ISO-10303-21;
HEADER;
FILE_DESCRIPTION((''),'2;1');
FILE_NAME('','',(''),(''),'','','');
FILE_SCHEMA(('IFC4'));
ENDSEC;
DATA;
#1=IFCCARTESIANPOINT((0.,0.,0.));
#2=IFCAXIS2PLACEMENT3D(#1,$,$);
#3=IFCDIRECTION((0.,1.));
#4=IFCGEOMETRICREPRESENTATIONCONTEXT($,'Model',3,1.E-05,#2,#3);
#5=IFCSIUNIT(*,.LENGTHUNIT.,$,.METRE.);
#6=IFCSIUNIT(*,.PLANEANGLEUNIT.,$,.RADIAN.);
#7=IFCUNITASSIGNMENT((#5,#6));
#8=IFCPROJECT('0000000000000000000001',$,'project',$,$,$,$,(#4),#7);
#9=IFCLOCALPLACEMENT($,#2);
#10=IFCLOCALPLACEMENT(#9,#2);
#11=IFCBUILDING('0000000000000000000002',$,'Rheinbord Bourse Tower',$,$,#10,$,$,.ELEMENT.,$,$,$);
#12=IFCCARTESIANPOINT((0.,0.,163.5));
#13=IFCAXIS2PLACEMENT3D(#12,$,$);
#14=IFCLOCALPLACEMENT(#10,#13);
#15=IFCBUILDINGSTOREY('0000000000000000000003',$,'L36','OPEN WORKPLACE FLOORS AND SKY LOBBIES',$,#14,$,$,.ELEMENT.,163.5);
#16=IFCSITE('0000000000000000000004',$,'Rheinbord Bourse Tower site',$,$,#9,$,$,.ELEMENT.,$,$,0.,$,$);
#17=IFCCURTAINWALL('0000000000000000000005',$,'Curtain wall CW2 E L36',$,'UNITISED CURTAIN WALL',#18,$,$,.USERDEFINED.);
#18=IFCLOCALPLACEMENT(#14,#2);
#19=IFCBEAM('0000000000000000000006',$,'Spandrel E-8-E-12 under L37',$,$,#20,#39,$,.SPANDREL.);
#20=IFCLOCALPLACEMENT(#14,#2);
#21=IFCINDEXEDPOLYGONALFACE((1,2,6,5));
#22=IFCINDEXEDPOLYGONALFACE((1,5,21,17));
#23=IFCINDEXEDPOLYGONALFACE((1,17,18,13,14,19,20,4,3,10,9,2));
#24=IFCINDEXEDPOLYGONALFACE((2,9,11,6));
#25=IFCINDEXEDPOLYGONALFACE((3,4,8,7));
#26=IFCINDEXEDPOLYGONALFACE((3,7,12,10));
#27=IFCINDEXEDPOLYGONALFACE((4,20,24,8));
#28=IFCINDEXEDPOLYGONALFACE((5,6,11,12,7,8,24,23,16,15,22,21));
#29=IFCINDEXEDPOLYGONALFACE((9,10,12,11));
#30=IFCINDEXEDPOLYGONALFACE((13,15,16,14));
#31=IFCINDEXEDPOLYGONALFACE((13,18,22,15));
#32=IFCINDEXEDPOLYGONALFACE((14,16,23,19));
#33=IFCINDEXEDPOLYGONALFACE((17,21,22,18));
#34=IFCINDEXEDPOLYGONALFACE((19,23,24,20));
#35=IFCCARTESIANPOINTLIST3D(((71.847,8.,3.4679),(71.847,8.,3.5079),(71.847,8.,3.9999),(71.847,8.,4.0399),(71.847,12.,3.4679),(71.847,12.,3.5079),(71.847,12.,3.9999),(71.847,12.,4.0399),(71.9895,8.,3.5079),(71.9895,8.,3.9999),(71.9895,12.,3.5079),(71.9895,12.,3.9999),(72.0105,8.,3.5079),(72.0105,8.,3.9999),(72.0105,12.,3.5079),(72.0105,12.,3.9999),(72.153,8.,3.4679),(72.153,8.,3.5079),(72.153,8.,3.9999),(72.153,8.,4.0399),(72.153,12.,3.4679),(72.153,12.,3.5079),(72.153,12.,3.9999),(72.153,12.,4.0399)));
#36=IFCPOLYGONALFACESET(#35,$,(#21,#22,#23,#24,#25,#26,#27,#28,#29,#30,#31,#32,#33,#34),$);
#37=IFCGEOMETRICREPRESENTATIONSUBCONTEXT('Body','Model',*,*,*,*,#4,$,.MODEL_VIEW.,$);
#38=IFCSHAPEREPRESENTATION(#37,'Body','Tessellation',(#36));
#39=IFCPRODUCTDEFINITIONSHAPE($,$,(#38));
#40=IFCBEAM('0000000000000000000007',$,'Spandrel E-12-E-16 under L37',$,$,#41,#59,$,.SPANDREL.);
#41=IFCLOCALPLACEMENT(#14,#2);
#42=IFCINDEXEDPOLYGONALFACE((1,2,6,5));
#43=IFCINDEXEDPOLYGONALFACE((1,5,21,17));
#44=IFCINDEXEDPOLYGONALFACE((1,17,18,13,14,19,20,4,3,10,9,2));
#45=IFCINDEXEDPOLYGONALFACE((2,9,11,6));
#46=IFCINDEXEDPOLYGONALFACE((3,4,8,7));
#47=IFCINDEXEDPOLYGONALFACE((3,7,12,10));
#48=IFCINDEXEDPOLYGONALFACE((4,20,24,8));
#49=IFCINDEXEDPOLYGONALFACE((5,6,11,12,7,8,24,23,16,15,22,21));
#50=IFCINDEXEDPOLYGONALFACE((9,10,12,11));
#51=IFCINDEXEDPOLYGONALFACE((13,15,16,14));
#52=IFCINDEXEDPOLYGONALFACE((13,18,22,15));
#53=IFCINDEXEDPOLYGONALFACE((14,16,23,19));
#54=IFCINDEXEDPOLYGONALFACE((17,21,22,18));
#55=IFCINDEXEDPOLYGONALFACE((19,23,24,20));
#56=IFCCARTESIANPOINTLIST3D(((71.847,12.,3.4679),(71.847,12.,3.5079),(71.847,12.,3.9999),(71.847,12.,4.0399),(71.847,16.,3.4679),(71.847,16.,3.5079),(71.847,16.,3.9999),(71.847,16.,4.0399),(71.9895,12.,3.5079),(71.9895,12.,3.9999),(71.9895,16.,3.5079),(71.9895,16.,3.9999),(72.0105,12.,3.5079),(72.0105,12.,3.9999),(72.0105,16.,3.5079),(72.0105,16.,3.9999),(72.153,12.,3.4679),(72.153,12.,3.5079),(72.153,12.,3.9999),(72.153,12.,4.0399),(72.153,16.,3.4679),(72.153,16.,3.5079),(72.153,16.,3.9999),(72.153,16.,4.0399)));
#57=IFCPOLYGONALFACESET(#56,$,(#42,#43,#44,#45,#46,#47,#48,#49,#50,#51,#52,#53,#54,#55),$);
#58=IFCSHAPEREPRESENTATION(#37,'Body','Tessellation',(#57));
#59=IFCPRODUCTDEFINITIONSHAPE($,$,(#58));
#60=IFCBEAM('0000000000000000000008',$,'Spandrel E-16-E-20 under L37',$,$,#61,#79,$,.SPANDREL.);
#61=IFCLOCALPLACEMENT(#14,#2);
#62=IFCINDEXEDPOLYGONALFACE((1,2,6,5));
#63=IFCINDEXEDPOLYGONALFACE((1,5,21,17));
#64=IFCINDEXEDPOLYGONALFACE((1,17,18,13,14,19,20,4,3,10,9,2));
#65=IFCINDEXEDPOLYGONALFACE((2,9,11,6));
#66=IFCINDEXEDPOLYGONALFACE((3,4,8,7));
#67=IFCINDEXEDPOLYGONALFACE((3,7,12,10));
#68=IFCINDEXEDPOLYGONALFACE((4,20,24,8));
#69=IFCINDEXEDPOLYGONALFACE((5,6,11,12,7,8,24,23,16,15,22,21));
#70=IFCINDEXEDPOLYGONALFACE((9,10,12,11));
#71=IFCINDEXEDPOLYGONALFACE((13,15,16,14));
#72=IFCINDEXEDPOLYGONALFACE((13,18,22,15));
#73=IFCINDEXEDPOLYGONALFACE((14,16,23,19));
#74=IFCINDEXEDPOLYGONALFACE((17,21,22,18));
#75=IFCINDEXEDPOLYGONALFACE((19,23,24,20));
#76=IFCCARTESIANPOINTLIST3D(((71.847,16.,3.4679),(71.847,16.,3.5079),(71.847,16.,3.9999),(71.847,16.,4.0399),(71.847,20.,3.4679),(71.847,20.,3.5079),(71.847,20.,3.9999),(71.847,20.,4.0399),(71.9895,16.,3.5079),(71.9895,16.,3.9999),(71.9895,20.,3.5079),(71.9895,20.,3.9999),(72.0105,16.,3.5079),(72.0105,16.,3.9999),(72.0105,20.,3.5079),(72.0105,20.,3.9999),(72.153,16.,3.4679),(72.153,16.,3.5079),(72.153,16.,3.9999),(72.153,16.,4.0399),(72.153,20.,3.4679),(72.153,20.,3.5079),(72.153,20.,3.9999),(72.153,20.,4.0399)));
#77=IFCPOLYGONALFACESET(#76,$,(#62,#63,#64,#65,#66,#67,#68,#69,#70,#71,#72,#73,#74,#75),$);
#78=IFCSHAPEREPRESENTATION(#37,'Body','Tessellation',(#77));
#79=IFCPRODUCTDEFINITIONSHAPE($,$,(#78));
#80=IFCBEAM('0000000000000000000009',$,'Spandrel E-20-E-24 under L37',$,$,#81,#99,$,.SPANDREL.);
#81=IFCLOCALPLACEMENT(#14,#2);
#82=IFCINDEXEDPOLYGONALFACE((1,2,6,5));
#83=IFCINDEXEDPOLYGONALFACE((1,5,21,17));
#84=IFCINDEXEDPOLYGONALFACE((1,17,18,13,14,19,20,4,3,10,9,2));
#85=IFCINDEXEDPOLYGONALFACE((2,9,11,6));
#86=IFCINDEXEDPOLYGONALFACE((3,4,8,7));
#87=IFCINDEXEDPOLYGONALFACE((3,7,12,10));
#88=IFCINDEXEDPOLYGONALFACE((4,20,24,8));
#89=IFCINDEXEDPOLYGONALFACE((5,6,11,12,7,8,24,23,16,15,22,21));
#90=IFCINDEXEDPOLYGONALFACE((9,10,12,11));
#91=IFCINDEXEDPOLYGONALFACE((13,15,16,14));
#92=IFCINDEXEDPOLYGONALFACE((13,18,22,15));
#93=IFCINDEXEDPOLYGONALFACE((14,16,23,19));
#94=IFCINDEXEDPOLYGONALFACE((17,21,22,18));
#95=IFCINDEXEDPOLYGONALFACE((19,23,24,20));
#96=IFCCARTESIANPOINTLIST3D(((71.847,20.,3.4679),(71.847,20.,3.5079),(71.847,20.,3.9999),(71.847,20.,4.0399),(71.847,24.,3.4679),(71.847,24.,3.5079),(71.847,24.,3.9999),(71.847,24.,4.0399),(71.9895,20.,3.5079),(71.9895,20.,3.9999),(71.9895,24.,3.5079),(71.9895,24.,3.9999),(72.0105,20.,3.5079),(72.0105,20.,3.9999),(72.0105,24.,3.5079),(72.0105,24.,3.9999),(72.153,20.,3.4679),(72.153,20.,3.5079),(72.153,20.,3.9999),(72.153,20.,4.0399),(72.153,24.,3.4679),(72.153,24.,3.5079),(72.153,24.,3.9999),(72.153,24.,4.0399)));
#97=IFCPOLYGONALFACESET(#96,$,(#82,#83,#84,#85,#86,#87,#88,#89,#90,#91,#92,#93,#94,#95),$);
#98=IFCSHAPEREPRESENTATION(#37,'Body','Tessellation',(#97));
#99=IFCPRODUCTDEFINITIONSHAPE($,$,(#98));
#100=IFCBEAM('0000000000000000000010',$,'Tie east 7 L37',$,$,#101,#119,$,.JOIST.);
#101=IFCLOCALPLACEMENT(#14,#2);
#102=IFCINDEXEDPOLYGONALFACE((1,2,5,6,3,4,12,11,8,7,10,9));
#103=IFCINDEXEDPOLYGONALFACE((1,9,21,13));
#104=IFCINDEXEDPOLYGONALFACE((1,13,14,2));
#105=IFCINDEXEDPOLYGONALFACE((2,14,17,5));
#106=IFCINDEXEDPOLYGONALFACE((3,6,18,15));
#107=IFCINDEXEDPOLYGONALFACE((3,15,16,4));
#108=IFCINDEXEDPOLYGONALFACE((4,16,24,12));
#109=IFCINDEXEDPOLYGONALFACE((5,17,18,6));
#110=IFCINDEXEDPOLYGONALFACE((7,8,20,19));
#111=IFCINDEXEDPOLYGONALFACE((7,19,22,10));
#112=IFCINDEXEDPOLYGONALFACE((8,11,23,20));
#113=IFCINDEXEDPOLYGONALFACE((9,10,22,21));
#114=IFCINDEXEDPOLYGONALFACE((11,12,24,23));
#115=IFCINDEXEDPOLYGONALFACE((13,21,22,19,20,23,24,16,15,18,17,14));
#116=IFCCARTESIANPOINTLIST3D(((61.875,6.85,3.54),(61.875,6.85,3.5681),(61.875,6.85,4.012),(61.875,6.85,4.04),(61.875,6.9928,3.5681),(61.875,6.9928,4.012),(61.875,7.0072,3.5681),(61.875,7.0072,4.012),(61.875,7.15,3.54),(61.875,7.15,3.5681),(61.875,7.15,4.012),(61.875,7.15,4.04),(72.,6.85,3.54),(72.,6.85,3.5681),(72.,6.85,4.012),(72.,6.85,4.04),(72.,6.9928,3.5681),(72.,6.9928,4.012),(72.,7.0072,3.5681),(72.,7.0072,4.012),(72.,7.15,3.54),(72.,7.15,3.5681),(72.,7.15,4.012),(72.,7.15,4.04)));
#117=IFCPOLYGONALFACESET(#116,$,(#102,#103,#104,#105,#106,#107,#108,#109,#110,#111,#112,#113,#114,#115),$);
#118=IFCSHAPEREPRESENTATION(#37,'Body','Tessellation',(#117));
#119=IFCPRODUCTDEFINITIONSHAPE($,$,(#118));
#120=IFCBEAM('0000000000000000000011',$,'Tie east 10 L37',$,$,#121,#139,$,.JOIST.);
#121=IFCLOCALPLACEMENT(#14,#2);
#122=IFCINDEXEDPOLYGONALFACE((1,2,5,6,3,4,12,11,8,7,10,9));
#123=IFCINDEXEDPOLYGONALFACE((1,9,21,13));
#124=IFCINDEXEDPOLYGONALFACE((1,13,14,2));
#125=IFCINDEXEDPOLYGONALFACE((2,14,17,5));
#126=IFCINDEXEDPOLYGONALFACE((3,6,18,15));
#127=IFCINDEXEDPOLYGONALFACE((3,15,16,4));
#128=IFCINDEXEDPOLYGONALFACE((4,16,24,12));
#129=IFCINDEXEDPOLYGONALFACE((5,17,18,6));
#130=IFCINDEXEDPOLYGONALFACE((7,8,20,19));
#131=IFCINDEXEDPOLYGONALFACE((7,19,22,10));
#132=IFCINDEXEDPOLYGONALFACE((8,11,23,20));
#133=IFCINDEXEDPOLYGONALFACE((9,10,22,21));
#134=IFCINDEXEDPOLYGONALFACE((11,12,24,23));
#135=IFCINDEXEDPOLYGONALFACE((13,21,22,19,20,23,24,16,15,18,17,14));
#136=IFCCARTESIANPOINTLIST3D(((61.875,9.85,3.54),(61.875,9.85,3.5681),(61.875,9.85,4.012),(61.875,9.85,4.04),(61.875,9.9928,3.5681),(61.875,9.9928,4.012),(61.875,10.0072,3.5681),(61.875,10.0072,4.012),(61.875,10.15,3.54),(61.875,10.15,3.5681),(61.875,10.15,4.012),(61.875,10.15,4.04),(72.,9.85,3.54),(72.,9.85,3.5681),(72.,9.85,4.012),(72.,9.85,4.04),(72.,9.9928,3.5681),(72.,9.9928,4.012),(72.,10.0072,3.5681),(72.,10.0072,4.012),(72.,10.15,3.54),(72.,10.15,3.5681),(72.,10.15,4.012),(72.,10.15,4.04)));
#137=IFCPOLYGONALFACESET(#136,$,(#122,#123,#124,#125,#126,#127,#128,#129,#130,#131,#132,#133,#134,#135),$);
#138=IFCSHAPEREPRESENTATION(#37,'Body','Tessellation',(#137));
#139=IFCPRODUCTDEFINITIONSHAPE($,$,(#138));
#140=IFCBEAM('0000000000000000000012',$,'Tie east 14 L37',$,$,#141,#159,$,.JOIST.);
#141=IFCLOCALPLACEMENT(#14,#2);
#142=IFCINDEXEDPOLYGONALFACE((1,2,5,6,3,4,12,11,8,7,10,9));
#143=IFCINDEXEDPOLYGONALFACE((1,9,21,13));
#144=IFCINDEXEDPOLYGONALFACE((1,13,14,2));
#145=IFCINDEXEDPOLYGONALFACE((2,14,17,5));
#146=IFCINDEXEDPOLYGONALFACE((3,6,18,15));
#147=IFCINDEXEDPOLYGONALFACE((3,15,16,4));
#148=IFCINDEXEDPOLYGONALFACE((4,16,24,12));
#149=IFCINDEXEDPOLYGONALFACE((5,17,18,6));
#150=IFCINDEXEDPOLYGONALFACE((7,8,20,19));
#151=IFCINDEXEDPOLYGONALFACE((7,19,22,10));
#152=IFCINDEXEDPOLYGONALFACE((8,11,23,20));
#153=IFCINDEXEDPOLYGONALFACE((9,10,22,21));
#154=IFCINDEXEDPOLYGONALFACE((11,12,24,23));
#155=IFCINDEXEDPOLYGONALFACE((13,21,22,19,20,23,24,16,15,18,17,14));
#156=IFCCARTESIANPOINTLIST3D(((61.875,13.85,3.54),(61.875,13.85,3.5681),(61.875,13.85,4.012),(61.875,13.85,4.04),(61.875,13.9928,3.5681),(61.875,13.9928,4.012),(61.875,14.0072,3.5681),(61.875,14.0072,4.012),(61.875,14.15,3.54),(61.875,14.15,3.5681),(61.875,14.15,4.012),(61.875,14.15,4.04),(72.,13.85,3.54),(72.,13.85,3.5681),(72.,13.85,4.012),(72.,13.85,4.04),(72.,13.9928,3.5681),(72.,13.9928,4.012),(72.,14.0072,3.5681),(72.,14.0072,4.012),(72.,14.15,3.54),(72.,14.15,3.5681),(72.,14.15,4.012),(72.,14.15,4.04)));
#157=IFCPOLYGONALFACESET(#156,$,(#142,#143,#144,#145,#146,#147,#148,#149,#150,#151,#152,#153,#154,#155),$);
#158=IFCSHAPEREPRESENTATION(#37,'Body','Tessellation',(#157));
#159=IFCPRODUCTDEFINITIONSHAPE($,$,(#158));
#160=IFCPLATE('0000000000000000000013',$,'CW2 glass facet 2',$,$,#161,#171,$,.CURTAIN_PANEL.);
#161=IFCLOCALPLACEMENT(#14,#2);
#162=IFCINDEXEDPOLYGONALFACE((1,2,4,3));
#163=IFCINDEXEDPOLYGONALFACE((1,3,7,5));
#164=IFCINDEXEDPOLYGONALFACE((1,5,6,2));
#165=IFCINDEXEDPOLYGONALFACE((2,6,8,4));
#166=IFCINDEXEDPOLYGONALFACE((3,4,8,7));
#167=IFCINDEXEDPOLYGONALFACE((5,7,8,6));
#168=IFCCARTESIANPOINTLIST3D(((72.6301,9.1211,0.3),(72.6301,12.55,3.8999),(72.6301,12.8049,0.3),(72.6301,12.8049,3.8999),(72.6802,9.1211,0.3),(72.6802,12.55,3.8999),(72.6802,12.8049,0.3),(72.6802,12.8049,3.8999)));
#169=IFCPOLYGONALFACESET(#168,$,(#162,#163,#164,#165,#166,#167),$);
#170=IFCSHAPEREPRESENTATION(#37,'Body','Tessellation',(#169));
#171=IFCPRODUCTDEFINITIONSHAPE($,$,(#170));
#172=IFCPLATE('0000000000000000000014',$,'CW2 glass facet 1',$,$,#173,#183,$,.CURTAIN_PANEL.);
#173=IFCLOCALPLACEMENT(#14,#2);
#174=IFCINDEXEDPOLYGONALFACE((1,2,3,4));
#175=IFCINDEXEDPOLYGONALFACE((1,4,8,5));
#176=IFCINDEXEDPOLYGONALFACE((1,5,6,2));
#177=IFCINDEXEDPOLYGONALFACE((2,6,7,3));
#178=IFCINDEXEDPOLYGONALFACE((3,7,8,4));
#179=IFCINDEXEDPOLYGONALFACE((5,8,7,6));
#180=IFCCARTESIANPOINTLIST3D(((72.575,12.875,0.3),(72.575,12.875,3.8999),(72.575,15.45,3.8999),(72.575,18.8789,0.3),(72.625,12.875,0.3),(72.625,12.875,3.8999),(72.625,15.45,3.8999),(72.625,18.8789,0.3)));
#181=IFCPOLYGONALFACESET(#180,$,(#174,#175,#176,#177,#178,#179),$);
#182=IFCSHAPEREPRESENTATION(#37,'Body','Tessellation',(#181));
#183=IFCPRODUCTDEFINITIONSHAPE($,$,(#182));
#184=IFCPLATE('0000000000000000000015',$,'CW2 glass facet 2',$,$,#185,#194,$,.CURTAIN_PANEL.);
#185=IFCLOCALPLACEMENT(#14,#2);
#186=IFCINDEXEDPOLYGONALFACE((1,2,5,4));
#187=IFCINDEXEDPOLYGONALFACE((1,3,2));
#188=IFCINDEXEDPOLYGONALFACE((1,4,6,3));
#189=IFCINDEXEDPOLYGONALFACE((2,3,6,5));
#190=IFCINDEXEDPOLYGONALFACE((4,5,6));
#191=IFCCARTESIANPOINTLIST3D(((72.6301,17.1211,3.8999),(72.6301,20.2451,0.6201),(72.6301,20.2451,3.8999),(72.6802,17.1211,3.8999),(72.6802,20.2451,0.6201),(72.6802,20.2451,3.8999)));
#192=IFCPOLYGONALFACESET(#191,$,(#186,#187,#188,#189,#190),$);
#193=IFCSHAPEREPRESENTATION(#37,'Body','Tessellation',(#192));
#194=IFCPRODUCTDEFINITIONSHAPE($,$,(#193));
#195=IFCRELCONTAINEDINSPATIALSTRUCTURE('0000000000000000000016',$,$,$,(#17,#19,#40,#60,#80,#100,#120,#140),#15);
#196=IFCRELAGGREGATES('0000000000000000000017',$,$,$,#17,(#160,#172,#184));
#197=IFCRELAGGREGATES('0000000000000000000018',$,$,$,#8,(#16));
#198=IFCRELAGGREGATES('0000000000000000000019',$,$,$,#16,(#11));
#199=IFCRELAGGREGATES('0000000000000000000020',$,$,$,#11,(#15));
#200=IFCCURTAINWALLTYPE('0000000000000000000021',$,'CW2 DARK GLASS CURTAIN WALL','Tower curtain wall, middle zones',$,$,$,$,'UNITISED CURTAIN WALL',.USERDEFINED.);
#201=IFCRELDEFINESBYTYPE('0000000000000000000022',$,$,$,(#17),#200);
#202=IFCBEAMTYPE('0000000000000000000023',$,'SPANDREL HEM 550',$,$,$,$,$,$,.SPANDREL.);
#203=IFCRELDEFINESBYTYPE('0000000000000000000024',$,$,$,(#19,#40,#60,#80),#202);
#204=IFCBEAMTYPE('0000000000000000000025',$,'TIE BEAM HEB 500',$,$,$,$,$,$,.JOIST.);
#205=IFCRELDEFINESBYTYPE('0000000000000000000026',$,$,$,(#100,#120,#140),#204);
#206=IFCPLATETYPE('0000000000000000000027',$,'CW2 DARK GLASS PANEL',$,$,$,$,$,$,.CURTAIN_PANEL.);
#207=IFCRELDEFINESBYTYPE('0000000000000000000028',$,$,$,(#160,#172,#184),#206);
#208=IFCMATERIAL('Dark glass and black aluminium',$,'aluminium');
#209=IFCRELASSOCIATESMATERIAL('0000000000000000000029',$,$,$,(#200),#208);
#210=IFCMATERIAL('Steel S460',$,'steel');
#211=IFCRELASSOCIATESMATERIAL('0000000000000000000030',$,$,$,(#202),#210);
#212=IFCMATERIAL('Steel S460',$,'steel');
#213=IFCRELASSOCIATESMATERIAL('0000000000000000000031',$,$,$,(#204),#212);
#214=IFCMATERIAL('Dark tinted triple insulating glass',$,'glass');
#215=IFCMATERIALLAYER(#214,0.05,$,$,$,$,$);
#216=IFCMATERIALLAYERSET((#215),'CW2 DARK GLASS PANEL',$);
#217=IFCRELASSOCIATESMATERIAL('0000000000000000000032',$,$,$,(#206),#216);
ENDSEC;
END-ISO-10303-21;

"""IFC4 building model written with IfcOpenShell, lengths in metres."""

from ifc_helpers import new_model, si_unit, direction, frame, origin, origin_2d, place, context, subcontext, project, spatial, polyline, i_section, outline, extrude, material, layer, layer_set, material_profile, profile_set, type_object, element, aggregate, save


model = new_model("IFC4")

# Units and contexts
model_context = context("Model", 3, precision=1e-05, world=origin(), true_north=direction((0.0, 1.0)))
body_context = subcontext(model_context, "Body", "Model", "MODEL_VIEW")
ifc_project = project(units=[si_unit("LENGTHUNIT", "METRE"), si_unit("PLANEANGLEUNIT", "RADIAN")], contexts=[model_context])

# Site, building, storey
site_placement = place(None, origin())
site = spatial("IfcSite", under=ifc_project, at=site_placement, Name="Rheinbord Bourse Tower site", CompositionType="ELEMENT", RefElevation=0.0)
building_placement = place(site_placement, origin())
building = spatial("IfcBuilding", under=site, at=building_placement, Name="Rheinbord Bourse Tower", CompositionType="ELEMENT")
storey_placement = place(building_placement, frame((0.0, 0.0, 163.5)))
storey = spatial("IfcBuildingStorey", under=building, at=storey_placement, Name="L36", Description="OPEN WORKPLACE FLOORS AND SKY LOBBIES", CompositionType="ELEMENT", Elevation=163.5)

# Curtain wall
ifc_material_1 = material(Name="Dark glass and black aluminium", Category="aluminium")
curtain_wall_type = type_object("IfcCurtainWallType", Name="CW2 DARK GLASS CURTAIN WALL", Description="Tower curtain wall, middle zones", ElementType="UNITISED CURTAIN WALL", PredefinedType="USERDEFINED", material=ifc_material_1)
curtain_wall_placement = place(storey_placement, origin())
curtain_wall = element("IfcCurtainWall", 1, at=curtain_wall_placement, inside=storey, type_object=curtain_wall_type, Name="Curtain wall CW2 E L36", ObjectType="UNITISED CURTAIN WALL", PredefinedType="USERDEFINED")

# Beams
ifc_material_2 = material(Name="Steel S460", Category="steel")
ifc_material_profile_1 = material_profile(ifc_material_2, i_section(OverallWidth=0.3059, OverallDepth=0.572, WebThickness=0.021, FlangeThickness=0.04, at=origin_2d()), Name="HEM 550")
ifc_profile_set_1 = profile_set([ifc_material_profile_1], Name="Steel S460")
beam_type_1 = type_object("IfcBeamType", Name="SPANDREL HEM 550", PredefinedType="SPANDREL", material=ifc_profile_set_1)
for number, where, z_axis, x_axis, name in (
    (2, (72.0, 8.0, 3.7539), (0.0, 1.0, 0.0), (-1.0, 0.0, 0.0), "Spandrel E-8-E-12 under L37"),
    (3, (72.0, 12.0, 3.7539), (0.0, 1.0, 0.0), (-1.0, 0.0, 0.0), "Spandrel E-12-E-16 under L37"),
    (4, (72.0, 16.0, 3.7539), (0.0, 1.0, 0.0), (-1.0, 0.0, 0.0), "Spandrel E-16-E-20 under L37"),
    (5, (72.0, 20.0, 3.7539), (0.0, 1.0, 0.0), (-1.0, 0.0, 0.0), "Spandrel E-20-E-24 under L37"),
):
    element("IfcBeam", number, at=place(storey_placement, frame(where, z_axis=z_axis, x_axis=x_axis)), inside=storey, type_object=beam_type_1, Name=name, PredefinedType="SPANDREL", context=body_context, shape_type="SweptSolid", body=[
        extrude(i_section(OverallWidth=0.3059, OverallDepth=0.572, WebThickness=0.021, FlangeThickness=0.04, at=origin_2d()), origin(), (0.0, 0.0, 1.0), 4.0),
    ])
ifc_material_3 = material(Name="Steel S460", Category="steel")
ifc_material_profile_2 = material_profile(ifc_material_3, i_section(OverallWidth=0.3, OverallDepth=0.5, WebThickness=0.0144, FlangeThickness=0.0281, at=origin_2d()), Name="HEB 500")
ifc_profile_set_2 = profile_set([ifc_material_profile_2], Name="Steel S460")
beam_type_2 = type_object("IfcBeamType", Name="TIE BEAM HEB 500", PredefinedType="JOIST", material=ifc_profile_set_2)
for number, where, z_axis, x_axis, name in (
    (6, (61.875, 7.0, 3.79), (1.0, 0.0, 0.0), (0.0, 1.0, 0.0), "Tie east 7 L37"),
    (7, (61.875, 10.0, 3.79), (1.0, 0.0, 0.0), (0.0, 1.0, 0.0), "Tie east 10 L37"),
    (8, (61.875, 14.0, 3.79), (1.0, 0.0, 0.0), (0.0, 1.0, 0.0), "Tie east 14 L37"),
):
    element("IfcBeam", number, at=place(storey_placement, frame(where, z_axis=z_axis, x_axis=x_axis)), inside=storey, type_object=beam_type_2, Name=name, PredefinedType="JOIST", context=body_context, shape_type="SweptSolid", body=[
        extrude(i_section(OverallWidth=0.3, OverallDepth=0.5, WebThickness=0.0144, FlangeThickness=0.0281, at=origin_2d()), origin(), (0.0, 0.0, 1.0), 10.125),
    ])

# Plates
ifc_material_4 = material(Name="Dark tinted triple insulating glass", Category="glass")
ifc_layer_1 = layer(ifc_material_4, 0.05)
ifc_layer_set_1 = layer_set([ifc_layer_1], Name="CW2 DARK GLASS PANEL")
plate_type = type_object("IfcPlateType", Name="CW2 DARK GLASS PANEL", PredefinedType="CURTAIN_PANEL", material=ifc_layer_set_1)
plate_1_placement = place(storey_placement, frame((72.6802, 12.8049, 3.8999), z_axis=(-1.0, 0.0, 0.0), x_axis=(0.0, 0.0, -1.0)))
plate_1 = element("IfcPlate", 9, at=plate_1_placement, type_object=plate_type, Name="CW2 glass facet 2", PredefinedType="CURTAIN_PANEL", context=body_context, shape_type="SweptSolid", body=[
    extrude(outline(polyline([(0.0, 0.0), (3.5999, 0.0), (3.5999, 3.6838), (0.0, 0.2549), (0.0, 0.0)])), origin(), (0.0, 0.0, 1.0), 0.05),
])
plate_2_placement = place(storey_placement, frame((72.625, 12.875, 0.3), z_axis=(-1.0, 0.0, 0.0), x_axis=(0.0, 0.0, 1.0)))
plate_2 = element("IfcPlate", 10, at=plate_2_placement, type_object=plate_type, Name="CW2 glass facet 1", PredefinedType="CURTAIN_PANEL", context=body_context, shape_type="SweptSolid", body=[
    extrude(outline(polyline([(0.0, 0.0), (3.5999, 0.0), (3.5999, 2.575), (0.0, 6.0039), (0.0, 0.0)])), origin(), (0.0, 0.0, 1.0), 0.05),
])
plate_3_placement = place(storey_placement, frame((72.6802, 20.2451, 3.8999), z_axis=(-1.0, 0.0, 0.0), x_axis=(0.0, 0.0, -1.0)))
plate_3 = element("IfcPlate", 11, at=plate_3_placement, type_object=plate_type, Name="CW2 glass facet 2", PredefinedType="CURTAIN_PANEL", context=body_context, shape_type="SweptSolid", body=[
    extrude(outline(polyline([(0.0, 0.0), (3.2798, 0.0), (0.0, 3.124), (0.0, 0.0)])), origin(), (0.0, 0.0, 1.0), 0.05),
])
aggregate(curtain_wall, [plate_1, plate_2, plate_3])

save(model, "model.ifc")
